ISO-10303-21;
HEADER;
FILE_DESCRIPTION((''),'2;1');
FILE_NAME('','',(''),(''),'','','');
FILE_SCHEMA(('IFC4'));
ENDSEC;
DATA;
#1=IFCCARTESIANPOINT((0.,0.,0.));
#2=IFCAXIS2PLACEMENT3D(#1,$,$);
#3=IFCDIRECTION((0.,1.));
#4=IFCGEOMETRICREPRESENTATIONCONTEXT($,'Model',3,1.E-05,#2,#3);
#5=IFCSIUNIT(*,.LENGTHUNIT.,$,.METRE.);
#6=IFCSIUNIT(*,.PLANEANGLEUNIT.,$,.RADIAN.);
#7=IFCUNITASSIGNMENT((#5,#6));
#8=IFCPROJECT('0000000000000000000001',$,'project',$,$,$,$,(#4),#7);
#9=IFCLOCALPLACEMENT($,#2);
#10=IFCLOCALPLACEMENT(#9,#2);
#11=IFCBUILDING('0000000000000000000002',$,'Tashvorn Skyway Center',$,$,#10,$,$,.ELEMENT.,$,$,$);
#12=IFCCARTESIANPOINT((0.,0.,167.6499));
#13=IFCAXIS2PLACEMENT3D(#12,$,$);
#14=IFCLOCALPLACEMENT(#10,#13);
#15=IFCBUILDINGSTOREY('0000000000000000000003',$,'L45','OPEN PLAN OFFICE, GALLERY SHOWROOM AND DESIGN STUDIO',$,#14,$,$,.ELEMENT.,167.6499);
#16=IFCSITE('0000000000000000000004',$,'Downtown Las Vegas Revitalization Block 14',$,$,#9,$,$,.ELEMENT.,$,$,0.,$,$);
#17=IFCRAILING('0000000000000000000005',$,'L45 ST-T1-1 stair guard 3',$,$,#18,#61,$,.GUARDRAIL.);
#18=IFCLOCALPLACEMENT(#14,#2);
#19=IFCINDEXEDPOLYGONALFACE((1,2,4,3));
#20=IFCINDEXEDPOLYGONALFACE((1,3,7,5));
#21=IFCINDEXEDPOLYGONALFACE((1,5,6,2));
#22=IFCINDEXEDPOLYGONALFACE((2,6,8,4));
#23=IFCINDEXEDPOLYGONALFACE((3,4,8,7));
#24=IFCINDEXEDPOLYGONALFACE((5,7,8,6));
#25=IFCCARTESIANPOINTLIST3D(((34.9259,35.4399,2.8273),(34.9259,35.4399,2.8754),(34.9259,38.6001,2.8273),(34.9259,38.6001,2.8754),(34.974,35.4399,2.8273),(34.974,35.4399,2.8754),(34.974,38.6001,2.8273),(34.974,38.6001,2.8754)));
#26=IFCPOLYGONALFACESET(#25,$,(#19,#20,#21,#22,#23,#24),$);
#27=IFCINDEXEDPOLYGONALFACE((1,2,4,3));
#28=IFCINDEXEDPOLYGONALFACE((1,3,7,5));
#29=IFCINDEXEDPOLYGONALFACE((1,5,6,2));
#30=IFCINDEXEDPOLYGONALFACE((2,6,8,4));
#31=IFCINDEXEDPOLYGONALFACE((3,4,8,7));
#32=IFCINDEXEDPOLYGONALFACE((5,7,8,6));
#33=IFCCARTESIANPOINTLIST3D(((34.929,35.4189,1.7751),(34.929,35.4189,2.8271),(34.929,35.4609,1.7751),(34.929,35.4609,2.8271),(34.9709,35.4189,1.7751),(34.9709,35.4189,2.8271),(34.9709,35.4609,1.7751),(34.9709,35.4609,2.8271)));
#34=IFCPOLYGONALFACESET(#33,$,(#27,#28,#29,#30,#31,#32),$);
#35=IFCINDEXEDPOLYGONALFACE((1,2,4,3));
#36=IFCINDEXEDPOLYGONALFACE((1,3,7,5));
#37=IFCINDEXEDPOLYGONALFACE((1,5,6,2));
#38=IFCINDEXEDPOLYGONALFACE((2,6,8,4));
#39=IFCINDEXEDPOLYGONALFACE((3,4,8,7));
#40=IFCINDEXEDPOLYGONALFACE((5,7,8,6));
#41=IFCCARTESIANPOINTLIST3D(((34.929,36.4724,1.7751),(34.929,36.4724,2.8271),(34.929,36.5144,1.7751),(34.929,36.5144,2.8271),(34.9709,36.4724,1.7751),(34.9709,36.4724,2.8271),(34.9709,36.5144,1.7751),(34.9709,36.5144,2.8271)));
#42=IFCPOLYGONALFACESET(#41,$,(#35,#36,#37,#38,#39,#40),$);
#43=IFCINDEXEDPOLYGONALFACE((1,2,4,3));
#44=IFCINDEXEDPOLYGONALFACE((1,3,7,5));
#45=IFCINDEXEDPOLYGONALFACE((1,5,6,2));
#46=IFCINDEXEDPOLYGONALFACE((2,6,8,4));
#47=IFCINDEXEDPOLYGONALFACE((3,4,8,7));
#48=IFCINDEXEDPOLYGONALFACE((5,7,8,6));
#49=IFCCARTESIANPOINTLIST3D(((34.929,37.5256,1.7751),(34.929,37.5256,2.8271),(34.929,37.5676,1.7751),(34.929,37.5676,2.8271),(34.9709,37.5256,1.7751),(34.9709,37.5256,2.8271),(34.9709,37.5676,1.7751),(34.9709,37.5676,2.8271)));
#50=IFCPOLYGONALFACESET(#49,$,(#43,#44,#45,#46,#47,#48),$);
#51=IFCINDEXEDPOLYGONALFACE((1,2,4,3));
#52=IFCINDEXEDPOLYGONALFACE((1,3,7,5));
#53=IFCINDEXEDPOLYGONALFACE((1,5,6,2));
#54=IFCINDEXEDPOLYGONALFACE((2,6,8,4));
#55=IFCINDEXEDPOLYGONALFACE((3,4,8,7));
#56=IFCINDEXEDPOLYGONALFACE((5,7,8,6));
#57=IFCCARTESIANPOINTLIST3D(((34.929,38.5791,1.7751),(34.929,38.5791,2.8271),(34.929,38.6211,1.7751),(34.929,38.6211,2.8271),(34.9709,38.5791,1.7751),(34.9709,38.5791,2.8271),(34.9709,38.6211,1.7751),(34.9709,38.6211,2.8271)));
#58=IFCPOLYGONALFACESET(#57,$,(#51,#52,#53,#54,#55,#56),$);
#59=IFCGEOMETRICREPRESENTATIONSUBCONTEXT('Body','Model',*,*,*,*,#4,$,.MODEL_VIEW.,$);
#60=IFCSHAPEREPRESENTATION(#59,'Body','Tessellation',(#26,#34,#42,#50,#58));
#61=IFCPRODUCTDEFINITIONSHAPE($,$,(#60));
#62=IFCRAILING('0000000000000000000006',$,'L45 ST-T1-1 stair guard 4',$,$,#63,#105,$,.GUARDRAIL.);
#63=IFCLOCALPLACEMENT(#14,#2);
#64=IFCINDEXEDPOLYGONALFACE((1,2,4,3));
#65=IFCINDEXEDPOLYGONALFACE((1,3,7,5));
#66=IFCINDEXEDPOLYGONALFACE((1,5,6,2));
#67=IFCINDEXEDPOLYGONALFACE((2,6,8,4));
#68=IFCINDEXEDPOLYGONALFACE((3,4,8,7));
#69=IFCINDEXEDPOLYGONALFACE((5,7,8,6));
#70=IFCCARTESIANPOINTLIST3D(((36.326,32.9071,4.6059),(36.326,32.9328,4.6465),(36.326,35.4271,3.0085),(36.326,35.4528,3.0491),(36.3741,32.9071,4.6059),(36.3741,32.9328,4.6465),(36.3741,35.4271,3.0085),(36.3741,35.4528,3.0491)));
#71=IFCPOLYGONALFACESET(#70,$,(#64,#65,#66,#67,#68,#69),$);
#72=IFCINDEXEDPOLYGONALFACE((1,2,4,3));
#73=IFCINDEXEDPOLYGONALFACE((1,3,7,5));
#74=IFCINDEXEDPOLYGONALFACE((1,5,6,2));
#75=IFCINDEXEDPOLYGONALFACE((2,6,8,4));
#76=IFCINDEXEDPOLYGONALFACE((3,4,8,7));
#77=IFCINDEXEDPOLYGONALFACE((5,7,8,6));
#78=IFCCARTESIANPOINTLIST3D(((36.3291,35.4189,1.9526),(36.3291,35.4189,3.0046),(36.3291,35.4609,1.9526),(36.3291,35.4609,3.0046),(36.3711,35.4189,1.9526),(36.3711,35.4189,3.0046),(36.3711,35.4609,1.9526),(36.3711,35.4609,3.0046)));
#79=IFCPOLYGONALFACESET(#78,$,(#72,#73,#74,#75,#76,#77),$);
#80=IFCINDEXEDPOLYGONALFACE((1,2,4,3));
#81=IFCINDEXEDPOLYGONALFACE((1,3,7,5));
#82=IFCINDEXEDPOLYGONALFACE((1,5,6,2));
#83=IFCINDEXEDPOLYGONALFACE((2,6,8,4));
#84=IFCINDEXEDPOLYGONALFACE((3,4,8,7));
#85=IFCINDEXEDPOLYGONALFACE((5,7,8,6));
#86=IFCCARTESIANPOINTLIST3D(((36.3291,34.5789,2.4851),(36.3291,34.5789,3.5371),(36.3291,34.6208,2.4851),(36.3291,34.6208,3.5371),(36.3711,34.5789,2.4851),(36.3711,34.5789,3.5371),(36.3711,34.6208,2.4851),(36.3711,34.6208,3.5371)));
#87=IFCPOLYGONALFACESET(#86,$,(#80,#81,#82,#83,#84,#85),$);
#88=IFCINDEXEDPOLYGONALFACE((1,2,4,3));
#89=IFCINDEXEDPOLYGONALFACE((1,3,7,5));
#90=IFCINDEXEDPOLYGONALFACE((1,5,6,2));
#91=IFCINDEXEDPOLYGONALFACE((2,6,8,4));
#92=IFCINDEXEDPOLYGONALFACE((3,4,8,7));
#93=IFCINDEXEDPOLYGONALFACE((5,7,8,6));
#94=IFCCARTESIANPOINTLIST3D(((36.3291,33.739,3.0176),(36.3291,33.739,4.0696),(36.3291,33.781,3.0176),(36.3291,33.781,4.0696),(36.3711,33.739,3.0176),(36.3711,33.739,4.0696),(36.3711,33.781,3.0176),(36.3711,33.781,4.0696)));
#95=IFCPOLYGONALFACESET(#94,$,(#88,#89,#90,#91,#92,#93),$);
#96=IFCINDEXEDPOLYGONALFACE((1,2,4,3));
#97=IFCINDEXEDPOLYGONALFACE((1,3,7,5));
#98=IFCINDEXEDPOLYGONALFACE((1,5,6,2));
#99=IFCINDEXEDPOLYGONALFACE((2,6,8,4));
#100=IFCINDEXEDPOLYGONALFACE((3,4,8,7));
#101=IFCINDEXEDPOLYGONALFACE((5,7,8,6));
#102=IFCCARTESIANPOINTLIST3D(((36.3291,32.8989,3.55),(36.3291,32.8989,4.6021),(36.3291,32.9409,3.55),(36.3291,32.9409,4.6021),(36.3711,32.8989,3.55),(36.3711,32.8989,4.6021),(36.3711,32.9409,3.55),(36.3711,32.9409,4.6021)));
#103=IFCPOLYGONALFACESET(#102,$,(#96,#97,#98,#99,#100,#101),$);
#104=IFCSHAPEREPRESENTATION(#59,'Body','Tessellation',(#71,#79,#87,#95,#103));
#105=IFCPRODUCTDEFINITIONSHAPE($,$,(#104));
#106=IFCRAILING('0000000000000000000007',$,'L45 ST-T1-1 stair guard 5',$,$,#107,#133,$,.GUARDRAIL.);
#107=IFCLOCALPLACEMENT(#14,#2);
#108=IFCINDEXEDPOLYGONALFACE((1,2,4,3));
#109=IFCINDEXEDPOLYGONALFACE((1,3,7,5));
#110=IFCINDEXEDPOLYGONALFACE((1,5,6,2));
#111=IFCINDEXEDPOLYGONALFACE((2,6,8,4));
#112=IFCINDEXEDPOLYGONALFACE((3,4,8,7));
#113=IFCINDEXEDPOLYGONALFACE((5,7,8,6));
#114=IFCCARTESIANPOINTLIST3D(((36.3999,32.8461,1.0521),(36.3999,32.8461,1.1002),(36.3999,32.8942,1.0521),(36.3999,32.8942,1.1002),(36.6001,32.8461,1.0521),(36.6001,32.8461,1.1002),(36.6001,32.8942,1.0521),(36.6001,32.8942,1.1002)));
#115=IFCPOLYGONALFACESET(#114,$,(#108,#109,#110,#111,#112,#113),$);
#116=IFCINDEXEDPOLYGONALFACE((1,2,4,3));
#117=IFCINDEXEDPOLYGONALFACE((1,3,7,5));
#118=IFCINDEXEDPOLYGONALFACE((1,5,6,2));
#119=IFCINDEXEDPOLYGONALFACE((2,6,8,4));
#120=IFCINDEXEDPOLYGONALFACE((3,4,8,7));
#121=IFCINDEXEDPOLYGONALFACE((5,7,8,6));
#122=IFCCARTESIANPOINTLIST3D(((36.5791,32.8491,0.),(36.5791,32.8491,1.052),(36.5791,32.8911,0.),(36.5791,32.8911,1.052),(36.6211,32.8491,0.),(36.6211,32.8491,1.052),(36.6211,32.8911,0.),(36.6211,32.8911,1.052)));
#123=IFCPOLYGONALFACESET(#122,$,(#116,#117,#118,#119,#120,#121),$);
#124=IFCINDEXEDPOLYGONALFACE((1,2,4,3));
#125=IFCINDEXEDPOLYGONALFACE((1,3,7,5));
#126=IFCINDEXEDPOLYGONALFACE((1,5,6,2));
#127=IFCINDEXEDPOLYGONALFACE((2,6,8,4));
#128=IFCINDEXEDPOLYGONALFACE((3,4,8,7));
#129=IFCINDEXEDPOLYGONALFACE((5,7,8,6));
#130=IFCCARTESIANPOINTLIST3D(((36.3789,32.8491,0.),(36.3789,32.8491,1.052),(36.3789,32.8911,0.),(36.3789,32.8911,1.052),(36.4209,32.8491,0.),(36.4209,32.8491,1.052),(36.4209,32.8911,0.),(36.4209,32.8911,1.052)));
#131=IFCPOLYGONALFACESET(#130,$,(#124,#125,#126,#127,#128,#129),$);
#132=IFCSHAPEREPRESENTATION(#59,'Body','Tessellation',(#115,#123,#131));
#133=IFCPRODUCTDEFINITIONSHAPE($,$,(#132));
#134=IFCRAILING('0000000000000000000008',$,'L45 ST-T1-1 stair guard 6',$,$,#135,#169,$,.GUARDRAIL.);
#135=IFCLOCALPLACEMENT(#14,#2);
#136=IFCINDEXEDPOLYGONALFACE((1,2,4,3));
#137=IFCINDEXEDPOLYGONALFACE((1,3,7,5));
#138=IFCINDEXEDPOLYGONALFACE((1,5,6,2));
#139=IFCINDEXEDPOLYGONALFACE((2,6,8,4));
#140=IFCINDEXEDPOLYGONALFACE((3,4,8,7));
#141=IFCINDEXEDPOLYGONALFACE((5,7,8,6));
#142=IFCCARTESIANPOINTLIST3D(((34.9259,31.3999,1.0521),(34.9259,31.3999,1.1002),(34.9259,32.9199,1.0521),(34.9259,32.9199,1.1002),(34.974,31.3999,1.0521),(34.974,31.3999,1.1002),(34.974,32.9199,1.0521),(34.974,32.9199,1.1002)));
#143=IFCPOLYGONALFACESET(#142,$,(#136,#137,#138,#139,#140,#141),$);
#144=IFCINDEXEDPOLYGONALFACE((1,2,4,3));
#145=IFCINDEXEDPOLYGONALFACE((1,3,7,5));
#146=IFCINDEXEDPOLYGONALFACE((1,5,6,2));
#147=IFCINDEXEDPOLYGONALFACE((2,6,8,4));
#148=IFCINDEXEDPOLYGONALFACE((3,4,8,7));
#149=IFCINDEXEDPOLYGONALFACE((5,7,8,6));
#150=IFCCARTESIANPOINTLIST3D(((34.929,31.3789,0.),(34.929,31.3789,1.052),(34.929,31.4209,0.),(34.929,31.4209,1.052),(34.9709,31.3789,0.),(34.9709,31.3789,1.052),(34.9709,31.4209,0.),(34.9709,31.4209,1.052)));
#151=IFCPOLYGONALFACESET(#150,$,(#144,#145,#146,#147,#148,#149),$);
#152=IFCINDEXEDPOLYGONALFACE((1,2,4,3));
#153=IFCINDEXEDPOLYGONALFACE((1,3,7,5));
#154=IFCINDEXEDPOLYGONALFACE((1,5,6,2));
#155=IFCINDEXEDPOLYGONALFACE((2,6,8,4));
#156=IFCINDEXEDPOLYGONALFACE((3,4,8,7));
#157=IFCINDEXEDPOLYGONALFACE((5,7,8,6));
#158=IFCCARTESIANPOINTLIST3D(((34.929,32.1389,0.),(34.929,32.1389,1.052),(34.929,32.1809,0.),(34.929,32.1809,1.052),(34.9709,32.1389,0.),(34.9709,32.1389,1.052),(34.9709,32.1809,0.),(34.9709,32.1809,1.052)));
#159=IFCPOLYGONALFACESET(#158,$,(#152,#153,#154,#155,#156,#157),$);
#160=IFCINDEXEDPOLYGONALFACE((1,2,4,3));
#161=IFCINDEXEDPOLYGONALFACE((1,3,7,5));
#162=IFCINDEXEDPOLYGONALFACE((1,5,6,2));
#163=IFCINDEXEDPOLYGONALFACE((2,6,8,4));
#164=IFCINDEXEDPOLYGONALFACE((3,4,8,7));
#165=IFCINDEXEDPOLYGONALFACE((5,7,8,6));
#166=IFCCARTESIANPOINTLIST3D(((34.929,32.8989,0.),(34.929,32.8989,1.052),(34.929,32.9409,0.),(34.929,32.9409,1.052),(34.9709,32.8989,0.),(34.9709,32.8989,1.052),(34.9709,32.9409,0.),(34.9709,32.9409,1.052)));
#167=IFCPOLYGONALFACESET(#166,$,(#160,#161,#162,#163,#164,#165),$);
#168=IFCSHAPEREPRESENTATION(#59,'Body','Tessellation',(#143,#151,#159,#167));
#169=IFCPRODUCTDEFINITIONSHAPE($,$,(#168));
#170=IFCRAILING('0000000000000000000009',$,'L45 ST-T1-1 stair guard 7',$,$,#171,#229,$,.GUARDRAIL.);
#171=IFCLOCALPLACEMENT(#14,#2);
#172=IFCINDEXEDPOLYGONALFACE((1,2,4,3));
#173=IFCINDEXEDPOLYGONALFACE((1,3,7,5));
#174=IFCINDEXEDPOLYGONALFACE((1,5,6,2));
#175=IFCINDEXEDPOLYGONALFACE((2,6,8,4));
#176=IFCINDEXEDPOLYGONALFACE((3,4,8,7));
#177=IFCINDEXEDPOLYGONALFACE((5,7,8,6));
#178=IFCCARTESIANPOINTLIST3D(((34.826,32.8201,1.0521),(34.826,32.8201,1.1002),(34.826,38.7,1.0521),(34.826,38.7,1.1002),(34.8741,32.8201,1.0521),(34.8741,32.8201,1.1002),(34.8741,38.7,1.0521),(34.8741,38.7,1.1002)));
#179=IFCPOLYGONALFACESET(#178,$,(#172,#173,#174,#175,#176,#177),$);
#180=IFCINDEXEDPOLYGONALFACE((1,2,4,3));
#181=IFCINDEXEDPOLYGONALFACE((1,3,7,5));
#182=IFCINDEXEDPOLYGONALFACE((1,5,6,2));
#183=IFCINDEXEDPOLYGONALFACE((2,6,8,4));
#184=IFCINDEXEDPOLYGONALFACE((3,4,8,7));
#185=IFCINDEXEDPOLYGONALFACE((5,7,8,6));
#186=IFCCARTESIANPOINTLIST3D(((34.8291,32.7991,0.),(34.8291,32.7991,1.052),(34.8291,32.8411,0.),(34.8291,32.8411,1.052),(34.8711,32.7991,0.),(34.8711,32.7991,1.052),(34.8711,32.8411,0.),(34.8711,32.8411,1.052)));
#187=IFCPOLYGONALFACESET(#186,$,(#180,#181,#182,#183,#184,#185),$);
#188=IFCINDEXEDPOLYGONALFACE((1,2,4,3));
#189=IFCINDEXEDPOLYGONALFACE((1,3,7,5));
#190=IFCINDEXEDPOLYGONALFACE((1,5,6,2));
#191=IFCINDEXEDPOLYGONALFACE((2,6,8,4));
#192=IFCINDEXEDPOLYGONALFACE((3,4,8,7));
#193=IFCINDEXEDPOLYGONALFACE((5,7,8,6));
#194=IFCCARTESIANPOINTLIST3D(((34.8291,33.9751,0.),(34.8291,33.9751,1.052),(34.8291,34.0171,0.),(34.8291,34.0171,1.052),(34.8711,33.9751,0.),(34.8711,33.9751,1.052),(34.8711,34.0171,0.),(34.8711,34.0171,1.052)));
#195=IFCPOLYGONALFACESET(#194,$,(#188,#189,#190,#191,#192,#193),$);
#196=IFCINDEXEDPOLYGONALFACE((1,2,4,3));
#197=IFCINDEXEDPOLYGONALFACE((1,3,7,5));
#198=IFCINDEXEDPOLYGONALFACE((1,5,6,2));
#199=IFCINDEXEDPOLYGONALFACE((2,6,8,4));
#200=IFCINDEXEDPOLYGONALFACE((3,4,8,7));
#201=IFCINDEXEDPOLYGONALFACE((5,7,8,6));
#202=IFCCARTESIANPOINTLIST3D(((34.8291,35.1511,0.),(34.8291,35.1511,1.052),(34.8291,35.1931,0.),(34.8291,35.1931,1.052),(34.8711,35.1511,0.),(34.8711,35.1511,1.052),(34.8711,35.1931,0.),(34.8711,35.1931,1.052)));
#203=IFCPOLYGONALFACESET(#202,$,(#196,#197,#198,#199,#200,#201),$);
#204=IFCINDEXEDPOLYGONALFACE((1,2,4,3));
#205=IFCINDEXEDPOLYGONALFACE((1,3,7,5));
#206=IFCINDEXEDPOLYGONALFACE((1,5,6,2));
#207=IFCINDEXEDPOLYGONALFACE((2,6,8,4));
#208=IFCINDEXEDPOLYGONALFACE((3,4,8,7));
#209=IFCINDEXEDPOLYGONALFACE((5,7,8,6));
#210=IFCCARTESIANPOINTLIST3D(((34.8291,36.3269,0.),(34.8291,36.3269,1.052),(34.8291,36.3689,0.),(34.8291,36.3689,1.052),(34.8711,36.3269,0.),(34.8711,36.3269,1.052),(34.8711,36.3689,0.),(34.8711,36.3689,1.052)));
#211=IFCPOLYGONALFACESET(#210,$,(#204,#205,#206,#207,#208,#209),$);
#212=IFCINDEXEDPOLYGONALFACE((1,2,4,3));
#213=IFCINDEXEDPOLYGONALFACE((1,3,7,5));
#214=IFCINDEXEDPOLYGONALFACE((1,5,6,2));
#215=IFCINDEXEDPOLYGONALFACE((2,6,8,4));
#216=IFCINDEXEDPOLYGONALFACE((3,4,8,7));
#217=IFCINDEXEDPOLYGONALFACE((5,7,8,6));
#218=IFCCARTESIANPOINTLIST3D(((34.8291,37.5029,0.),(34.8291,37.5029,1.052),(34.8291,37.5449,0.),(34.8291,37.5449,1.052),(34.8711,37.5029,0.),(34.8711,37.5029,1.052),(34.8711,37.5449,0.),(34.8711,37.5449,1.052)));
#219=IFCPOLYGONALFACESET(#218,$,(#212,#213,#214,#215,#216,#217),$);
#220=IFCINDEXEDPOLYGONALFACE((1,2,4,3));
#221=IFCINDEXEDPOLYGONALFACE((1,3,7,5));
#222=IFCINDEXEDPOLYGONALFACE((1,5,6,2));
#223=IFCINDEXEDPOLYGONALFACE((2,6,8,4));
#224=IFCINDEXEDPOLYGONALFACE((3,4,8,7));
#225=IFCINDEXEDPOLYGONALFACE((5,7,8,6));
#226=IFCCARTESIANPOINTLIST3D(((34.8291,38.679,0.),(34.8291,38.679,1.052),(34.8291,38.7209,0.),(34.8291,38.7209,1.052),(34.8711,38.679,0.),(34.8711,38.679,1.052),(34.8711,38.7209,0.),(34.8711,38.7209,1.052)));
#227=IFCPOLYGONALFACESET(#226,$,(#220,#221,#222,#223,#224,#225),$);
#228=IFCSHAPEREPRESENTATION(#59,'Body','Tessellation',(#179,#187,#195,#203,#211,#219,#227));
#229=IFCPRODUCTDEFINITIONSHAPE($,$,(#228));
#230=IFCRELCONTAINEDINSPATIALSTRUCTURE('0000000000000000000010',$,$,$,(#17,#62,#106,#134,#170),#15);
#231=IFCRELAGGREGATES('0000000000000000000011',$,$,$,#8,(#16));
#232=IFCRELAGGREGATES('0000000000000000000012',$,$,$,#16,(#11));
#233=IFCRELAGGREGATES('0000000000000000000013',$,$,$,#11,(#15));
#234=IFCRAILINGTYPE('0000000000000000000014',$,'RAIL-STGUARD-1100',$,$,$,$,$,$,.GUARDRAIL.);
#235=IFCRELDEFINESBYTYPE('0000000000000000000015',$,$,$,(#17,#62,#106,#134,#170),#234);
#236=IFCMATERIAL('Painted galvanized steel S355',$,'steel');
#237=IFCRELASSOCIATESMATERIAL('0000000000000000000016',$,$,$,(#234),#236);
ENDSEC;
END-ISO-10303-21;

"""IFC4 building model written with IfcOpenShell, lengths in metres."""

from ifc_helpers import new_model, si_unit, direction, frame, origin, origin_2d, place, context, subcontext, project, spatial, rectangle, extrude, material, type_object, element, save


model = new_model("IFC4")

# Units and contexts
model_context = context("Model", 3, precision=1e-05, world=origin(), true_north=direction((0.0, 1.0)))
body_context = subcontext(model_context, "Body", "Model", "MODEL_VIEW")
ifc_project = project(units=[si_unit("LENGTHUNIT", "METRE"), si_unit("PLANEANGLEUNIT", "RADIAN")], contexts=[model_context])

# Site, building, storey
site_placement = place(None, origin())
site = spatial("IfcSite", under=ifc_project, at=site_placement, Name="Downtown Las Vegas Revitalization Block 14", CompositionType="ELEMENT", RefElevation=0.0)
building_placement = place(site_placement, origin())
building = spatial("IfcBuilding", under=site, at=building_placement, Name="Tashvorn Skyway Center", CompositionType="ELEMENT")
storey_placement = place(building_placement, frame((0.0, 0.0, 167.6499)))
storey = spatial("IfcBuildingStorey", under=building, at=storey_placement, Name="L45", Description="OPEN PLAN OFFICE, GALLERY SHOWROOM AND DESIGN STUDIO", CompositionType="ELEMENT", Elevation=167.6499)

# Railings
ifc_material_1 = material(Name="Painted galvanized steel S355", Category="steel")
railing_type_1 = type_object("IfcRailingType", Name="RAIL-STGUARD-1100", PredefinedType="GUARDRAIL", material=ifc_material_1)
railing_1_placement = place(storey_placement, frame((34.95, 35.4399, 1.7751)))
element("IfcRailing", 1, at=railing_1_placement, inside=storey, type_object=railing_type_1, Name="L45 ST-T1-1 stair guard 3", PredefinedType="GUARDRAIL", context=body_context, shape_type="SweptSolid", body=[
    extrude(rectangle(XDim=0.0481, YDim=0.0481, at=origin_2d()), frame((0.0, 0.0, 1.0762), z_axis=(0.0, 1.0, 0.0), x_axis=(-1.0, 0.0, 0.0)), (0.0, 0.0, 1.0), 3.1602),
    extrude(rectangle(XDim=0.042, YDim=0.042, at=origin_2d()), origin(), (0.0, 0.0, 1.0), 1.052),
    extrude(rectangle(XDim=0.042, YDim=0.042, at=origin_2d()), frame((0.0, 1.0535, 0.0)), (0.0, 0.0, 1.0), 1.052),
    extrude(rectangle(XDim=0.042, YDim=0.042, at=origin_2d()), frame((0.0, 2.1067, 0.0)), (0.0, 0.0, 1.0), 1.052),
    extrude(rectangle(XDim=0.042, YDim=0.042, at=origin_2d()), frame((0.0, 3.1602, 0.0)), (0.0, 0.0, 1.0), 1.052),
])
railing_2_placement = place(storey_placement, frame((36.3501, 35.4399, 1.9526)))
element("IfcRailing", 2, at=railing_2_placement, inside=storey, type_object=railing_type_1, Name="L45 ST-T1-1 stair guard 4", PredefinedType="GUARDRAIL", context=body_context, shape_type="SweptSolid", body=[
    extrude(rectangle(XDim=0.0481, YDim=0.0481, at=origin_2d()), frame((0.0, 0.0, 1.0762), z_axis=(0.0, -0.844607, 0.535387), x_axis=(1.0, 0.0, 0.0)), (0.0, 0.0, 1.0), 2.9836),
    extrude(rectangle(XDim=0.042, YDim=0.042, at=origin_2d()), origin(), (0.0, 0.0, 1.0), 1.052),
    extrude(rectangle(XDim=0.042, YDim=0.042, at=origin_2d()), frame((0.0, -0.8401, 0.5325)), (0.0, 0.0, 1.0), 1.052),
    extrude(rectangle(XDim=0.042, YDim=0.042, at=origin_2d()), frame((0.0, -1.6799, 1.0649)), (0.0, 0.0, 1.0), 1.052),
    extrude(rectangle(XDim=0.042, YDim=0.042, at=origin_2d()), frame((0.0, -2.52, 1.5974)), (0.0, 0.0, 1.0), 1.052),
])
railing_3_placement = place(storey_placement, frame((36.6001, 32.8701, 0.0)))
element("IfcRailing", 3, at=railing_3_placement, inside=storey, type_object=railing_type_1, Name="L45 ST-T1-1 stair guard 5", PredefinedType="GUARDRAIL", context=body_context, shape_type="SweptSolid", body=[
    extrude(rectangle(XDim=0.0481, YDim=0.0481, at=origin_2d()), frame((0.0, 0.0, 1.0762), z_axis=(-1.0, 0.0, 0.0), x_axis=(0.0, -1.0, 0.0)), (0.0, 0.0, 1.0), 0.2002),
    extrude(rectangle(XDim=0.042, YDim=0.042, at=origin_2d()), origin(), (0.0, 0.0, 1.0), 1.052),
    extrude(rectangle(XDim=0.042, YDim=0.042, at=origin_2d()), frame((-0.2002, 0.0, 0.0)), (0.0, 0.0, 1.0), 1.052),
])
railing_4_placement = place(storey_placement, frame((34.95, 31.3999, 0.0)))
element("IfcRailing", 4, at=railing_4_placement, inside=storey, type_object=railing_type_1, Name="L45 ST-T1-1 stair guard 6", PredefinedType="GUARDRAIL", context=body_context, shape_type="SweptSolid", body=[
    extrude(rectangle(XDim=0.0481, YDim=0.0481, at=origin_2d()), frame((0.0, 0.0, 1.0762), z_axis=(0.0, 1.0, 0.0), x_axis=(-1.0, 0.0, 0.0)), (0.0, 0.0, 1.0), 1.52),
    extrude(rectangle(XDim=0.042, YDim=0.042, at=origin_2d()), origin(), (0.0, 0.0, 1.0), 1.052),
    extrude(rectangle(XDim=0.042, YDim=0.042, at=origin_2d()), frame((0.0, 0.76, 0.0)), (0.0, 0.0, 1.0), 1.052),
    extrude(rectangle(XDim=0.042, YDim=0.042, at=origin_2d()), frame((0.0, 1.52, 0.0)), (0.0, 0.0, 1.0), 1.052),
])
railing_5_placement = place(storey_placement, frame((34.8501, 32.8201, 0.0)))
element("IfcRailing", 5, at=railing_5_placement, inside=storey, type_object=railing_type_1, Name="L45 ST-T1-1 stair guard 7", PredefinedType="GUARDRAIL", context=body_context, shape_type="SweptSolid", body=[
    extrude(rectangle(XDim=0.0481, YDim=0.0481, at=origin_2d()), frame((0.0, 0.0, 1.0762), z_axis=(0.0, 1.0, 0.0), x_axis=(-1.0, 0.0, 0.0)), (0.0, 0.0, 1.0), 5.8799),
    extrude(rectangle(XDim=0.042, YDim=0.042, at=origin_2d()), origin(), (0.0, 0.0, 1.0), 1.052),
    extrude(rectangle(XDim=0.042, YDim=0.042, at=origin_2d()), frame((0.0, 1.176, 0.0)), (0.0, 0.0, 1.0), 1.052),
    extrude(rectangle(XDim=0.042, YDim=0.042, at=origin_2d()), frame((0.0, 2.3521, 0.0)), (0.0, 0.0, 1.0), 1.052),
    extrude(rectangle(XDim=0.042, YDim=0.042, at=origin_2d()), frame((0.0, 3.5278, 0.0)), (0.0, 0.0, 1.0), 1.052),
    extrude(rectangle(XDim=0.042, YDim=0.042, at=origin_2d()), frame((0.0, 4.7039, 0.0)), (0.0, 0.0, 1.0), 1.052),
    extrude(rectangle(XDim=0.042, YDim=0.042, at=origin_2d()), frame((0.0, 5.8799, 0.0)), (0.0, 0.0, 1.0), 1.052),
])

save(model, "model.ifc")
